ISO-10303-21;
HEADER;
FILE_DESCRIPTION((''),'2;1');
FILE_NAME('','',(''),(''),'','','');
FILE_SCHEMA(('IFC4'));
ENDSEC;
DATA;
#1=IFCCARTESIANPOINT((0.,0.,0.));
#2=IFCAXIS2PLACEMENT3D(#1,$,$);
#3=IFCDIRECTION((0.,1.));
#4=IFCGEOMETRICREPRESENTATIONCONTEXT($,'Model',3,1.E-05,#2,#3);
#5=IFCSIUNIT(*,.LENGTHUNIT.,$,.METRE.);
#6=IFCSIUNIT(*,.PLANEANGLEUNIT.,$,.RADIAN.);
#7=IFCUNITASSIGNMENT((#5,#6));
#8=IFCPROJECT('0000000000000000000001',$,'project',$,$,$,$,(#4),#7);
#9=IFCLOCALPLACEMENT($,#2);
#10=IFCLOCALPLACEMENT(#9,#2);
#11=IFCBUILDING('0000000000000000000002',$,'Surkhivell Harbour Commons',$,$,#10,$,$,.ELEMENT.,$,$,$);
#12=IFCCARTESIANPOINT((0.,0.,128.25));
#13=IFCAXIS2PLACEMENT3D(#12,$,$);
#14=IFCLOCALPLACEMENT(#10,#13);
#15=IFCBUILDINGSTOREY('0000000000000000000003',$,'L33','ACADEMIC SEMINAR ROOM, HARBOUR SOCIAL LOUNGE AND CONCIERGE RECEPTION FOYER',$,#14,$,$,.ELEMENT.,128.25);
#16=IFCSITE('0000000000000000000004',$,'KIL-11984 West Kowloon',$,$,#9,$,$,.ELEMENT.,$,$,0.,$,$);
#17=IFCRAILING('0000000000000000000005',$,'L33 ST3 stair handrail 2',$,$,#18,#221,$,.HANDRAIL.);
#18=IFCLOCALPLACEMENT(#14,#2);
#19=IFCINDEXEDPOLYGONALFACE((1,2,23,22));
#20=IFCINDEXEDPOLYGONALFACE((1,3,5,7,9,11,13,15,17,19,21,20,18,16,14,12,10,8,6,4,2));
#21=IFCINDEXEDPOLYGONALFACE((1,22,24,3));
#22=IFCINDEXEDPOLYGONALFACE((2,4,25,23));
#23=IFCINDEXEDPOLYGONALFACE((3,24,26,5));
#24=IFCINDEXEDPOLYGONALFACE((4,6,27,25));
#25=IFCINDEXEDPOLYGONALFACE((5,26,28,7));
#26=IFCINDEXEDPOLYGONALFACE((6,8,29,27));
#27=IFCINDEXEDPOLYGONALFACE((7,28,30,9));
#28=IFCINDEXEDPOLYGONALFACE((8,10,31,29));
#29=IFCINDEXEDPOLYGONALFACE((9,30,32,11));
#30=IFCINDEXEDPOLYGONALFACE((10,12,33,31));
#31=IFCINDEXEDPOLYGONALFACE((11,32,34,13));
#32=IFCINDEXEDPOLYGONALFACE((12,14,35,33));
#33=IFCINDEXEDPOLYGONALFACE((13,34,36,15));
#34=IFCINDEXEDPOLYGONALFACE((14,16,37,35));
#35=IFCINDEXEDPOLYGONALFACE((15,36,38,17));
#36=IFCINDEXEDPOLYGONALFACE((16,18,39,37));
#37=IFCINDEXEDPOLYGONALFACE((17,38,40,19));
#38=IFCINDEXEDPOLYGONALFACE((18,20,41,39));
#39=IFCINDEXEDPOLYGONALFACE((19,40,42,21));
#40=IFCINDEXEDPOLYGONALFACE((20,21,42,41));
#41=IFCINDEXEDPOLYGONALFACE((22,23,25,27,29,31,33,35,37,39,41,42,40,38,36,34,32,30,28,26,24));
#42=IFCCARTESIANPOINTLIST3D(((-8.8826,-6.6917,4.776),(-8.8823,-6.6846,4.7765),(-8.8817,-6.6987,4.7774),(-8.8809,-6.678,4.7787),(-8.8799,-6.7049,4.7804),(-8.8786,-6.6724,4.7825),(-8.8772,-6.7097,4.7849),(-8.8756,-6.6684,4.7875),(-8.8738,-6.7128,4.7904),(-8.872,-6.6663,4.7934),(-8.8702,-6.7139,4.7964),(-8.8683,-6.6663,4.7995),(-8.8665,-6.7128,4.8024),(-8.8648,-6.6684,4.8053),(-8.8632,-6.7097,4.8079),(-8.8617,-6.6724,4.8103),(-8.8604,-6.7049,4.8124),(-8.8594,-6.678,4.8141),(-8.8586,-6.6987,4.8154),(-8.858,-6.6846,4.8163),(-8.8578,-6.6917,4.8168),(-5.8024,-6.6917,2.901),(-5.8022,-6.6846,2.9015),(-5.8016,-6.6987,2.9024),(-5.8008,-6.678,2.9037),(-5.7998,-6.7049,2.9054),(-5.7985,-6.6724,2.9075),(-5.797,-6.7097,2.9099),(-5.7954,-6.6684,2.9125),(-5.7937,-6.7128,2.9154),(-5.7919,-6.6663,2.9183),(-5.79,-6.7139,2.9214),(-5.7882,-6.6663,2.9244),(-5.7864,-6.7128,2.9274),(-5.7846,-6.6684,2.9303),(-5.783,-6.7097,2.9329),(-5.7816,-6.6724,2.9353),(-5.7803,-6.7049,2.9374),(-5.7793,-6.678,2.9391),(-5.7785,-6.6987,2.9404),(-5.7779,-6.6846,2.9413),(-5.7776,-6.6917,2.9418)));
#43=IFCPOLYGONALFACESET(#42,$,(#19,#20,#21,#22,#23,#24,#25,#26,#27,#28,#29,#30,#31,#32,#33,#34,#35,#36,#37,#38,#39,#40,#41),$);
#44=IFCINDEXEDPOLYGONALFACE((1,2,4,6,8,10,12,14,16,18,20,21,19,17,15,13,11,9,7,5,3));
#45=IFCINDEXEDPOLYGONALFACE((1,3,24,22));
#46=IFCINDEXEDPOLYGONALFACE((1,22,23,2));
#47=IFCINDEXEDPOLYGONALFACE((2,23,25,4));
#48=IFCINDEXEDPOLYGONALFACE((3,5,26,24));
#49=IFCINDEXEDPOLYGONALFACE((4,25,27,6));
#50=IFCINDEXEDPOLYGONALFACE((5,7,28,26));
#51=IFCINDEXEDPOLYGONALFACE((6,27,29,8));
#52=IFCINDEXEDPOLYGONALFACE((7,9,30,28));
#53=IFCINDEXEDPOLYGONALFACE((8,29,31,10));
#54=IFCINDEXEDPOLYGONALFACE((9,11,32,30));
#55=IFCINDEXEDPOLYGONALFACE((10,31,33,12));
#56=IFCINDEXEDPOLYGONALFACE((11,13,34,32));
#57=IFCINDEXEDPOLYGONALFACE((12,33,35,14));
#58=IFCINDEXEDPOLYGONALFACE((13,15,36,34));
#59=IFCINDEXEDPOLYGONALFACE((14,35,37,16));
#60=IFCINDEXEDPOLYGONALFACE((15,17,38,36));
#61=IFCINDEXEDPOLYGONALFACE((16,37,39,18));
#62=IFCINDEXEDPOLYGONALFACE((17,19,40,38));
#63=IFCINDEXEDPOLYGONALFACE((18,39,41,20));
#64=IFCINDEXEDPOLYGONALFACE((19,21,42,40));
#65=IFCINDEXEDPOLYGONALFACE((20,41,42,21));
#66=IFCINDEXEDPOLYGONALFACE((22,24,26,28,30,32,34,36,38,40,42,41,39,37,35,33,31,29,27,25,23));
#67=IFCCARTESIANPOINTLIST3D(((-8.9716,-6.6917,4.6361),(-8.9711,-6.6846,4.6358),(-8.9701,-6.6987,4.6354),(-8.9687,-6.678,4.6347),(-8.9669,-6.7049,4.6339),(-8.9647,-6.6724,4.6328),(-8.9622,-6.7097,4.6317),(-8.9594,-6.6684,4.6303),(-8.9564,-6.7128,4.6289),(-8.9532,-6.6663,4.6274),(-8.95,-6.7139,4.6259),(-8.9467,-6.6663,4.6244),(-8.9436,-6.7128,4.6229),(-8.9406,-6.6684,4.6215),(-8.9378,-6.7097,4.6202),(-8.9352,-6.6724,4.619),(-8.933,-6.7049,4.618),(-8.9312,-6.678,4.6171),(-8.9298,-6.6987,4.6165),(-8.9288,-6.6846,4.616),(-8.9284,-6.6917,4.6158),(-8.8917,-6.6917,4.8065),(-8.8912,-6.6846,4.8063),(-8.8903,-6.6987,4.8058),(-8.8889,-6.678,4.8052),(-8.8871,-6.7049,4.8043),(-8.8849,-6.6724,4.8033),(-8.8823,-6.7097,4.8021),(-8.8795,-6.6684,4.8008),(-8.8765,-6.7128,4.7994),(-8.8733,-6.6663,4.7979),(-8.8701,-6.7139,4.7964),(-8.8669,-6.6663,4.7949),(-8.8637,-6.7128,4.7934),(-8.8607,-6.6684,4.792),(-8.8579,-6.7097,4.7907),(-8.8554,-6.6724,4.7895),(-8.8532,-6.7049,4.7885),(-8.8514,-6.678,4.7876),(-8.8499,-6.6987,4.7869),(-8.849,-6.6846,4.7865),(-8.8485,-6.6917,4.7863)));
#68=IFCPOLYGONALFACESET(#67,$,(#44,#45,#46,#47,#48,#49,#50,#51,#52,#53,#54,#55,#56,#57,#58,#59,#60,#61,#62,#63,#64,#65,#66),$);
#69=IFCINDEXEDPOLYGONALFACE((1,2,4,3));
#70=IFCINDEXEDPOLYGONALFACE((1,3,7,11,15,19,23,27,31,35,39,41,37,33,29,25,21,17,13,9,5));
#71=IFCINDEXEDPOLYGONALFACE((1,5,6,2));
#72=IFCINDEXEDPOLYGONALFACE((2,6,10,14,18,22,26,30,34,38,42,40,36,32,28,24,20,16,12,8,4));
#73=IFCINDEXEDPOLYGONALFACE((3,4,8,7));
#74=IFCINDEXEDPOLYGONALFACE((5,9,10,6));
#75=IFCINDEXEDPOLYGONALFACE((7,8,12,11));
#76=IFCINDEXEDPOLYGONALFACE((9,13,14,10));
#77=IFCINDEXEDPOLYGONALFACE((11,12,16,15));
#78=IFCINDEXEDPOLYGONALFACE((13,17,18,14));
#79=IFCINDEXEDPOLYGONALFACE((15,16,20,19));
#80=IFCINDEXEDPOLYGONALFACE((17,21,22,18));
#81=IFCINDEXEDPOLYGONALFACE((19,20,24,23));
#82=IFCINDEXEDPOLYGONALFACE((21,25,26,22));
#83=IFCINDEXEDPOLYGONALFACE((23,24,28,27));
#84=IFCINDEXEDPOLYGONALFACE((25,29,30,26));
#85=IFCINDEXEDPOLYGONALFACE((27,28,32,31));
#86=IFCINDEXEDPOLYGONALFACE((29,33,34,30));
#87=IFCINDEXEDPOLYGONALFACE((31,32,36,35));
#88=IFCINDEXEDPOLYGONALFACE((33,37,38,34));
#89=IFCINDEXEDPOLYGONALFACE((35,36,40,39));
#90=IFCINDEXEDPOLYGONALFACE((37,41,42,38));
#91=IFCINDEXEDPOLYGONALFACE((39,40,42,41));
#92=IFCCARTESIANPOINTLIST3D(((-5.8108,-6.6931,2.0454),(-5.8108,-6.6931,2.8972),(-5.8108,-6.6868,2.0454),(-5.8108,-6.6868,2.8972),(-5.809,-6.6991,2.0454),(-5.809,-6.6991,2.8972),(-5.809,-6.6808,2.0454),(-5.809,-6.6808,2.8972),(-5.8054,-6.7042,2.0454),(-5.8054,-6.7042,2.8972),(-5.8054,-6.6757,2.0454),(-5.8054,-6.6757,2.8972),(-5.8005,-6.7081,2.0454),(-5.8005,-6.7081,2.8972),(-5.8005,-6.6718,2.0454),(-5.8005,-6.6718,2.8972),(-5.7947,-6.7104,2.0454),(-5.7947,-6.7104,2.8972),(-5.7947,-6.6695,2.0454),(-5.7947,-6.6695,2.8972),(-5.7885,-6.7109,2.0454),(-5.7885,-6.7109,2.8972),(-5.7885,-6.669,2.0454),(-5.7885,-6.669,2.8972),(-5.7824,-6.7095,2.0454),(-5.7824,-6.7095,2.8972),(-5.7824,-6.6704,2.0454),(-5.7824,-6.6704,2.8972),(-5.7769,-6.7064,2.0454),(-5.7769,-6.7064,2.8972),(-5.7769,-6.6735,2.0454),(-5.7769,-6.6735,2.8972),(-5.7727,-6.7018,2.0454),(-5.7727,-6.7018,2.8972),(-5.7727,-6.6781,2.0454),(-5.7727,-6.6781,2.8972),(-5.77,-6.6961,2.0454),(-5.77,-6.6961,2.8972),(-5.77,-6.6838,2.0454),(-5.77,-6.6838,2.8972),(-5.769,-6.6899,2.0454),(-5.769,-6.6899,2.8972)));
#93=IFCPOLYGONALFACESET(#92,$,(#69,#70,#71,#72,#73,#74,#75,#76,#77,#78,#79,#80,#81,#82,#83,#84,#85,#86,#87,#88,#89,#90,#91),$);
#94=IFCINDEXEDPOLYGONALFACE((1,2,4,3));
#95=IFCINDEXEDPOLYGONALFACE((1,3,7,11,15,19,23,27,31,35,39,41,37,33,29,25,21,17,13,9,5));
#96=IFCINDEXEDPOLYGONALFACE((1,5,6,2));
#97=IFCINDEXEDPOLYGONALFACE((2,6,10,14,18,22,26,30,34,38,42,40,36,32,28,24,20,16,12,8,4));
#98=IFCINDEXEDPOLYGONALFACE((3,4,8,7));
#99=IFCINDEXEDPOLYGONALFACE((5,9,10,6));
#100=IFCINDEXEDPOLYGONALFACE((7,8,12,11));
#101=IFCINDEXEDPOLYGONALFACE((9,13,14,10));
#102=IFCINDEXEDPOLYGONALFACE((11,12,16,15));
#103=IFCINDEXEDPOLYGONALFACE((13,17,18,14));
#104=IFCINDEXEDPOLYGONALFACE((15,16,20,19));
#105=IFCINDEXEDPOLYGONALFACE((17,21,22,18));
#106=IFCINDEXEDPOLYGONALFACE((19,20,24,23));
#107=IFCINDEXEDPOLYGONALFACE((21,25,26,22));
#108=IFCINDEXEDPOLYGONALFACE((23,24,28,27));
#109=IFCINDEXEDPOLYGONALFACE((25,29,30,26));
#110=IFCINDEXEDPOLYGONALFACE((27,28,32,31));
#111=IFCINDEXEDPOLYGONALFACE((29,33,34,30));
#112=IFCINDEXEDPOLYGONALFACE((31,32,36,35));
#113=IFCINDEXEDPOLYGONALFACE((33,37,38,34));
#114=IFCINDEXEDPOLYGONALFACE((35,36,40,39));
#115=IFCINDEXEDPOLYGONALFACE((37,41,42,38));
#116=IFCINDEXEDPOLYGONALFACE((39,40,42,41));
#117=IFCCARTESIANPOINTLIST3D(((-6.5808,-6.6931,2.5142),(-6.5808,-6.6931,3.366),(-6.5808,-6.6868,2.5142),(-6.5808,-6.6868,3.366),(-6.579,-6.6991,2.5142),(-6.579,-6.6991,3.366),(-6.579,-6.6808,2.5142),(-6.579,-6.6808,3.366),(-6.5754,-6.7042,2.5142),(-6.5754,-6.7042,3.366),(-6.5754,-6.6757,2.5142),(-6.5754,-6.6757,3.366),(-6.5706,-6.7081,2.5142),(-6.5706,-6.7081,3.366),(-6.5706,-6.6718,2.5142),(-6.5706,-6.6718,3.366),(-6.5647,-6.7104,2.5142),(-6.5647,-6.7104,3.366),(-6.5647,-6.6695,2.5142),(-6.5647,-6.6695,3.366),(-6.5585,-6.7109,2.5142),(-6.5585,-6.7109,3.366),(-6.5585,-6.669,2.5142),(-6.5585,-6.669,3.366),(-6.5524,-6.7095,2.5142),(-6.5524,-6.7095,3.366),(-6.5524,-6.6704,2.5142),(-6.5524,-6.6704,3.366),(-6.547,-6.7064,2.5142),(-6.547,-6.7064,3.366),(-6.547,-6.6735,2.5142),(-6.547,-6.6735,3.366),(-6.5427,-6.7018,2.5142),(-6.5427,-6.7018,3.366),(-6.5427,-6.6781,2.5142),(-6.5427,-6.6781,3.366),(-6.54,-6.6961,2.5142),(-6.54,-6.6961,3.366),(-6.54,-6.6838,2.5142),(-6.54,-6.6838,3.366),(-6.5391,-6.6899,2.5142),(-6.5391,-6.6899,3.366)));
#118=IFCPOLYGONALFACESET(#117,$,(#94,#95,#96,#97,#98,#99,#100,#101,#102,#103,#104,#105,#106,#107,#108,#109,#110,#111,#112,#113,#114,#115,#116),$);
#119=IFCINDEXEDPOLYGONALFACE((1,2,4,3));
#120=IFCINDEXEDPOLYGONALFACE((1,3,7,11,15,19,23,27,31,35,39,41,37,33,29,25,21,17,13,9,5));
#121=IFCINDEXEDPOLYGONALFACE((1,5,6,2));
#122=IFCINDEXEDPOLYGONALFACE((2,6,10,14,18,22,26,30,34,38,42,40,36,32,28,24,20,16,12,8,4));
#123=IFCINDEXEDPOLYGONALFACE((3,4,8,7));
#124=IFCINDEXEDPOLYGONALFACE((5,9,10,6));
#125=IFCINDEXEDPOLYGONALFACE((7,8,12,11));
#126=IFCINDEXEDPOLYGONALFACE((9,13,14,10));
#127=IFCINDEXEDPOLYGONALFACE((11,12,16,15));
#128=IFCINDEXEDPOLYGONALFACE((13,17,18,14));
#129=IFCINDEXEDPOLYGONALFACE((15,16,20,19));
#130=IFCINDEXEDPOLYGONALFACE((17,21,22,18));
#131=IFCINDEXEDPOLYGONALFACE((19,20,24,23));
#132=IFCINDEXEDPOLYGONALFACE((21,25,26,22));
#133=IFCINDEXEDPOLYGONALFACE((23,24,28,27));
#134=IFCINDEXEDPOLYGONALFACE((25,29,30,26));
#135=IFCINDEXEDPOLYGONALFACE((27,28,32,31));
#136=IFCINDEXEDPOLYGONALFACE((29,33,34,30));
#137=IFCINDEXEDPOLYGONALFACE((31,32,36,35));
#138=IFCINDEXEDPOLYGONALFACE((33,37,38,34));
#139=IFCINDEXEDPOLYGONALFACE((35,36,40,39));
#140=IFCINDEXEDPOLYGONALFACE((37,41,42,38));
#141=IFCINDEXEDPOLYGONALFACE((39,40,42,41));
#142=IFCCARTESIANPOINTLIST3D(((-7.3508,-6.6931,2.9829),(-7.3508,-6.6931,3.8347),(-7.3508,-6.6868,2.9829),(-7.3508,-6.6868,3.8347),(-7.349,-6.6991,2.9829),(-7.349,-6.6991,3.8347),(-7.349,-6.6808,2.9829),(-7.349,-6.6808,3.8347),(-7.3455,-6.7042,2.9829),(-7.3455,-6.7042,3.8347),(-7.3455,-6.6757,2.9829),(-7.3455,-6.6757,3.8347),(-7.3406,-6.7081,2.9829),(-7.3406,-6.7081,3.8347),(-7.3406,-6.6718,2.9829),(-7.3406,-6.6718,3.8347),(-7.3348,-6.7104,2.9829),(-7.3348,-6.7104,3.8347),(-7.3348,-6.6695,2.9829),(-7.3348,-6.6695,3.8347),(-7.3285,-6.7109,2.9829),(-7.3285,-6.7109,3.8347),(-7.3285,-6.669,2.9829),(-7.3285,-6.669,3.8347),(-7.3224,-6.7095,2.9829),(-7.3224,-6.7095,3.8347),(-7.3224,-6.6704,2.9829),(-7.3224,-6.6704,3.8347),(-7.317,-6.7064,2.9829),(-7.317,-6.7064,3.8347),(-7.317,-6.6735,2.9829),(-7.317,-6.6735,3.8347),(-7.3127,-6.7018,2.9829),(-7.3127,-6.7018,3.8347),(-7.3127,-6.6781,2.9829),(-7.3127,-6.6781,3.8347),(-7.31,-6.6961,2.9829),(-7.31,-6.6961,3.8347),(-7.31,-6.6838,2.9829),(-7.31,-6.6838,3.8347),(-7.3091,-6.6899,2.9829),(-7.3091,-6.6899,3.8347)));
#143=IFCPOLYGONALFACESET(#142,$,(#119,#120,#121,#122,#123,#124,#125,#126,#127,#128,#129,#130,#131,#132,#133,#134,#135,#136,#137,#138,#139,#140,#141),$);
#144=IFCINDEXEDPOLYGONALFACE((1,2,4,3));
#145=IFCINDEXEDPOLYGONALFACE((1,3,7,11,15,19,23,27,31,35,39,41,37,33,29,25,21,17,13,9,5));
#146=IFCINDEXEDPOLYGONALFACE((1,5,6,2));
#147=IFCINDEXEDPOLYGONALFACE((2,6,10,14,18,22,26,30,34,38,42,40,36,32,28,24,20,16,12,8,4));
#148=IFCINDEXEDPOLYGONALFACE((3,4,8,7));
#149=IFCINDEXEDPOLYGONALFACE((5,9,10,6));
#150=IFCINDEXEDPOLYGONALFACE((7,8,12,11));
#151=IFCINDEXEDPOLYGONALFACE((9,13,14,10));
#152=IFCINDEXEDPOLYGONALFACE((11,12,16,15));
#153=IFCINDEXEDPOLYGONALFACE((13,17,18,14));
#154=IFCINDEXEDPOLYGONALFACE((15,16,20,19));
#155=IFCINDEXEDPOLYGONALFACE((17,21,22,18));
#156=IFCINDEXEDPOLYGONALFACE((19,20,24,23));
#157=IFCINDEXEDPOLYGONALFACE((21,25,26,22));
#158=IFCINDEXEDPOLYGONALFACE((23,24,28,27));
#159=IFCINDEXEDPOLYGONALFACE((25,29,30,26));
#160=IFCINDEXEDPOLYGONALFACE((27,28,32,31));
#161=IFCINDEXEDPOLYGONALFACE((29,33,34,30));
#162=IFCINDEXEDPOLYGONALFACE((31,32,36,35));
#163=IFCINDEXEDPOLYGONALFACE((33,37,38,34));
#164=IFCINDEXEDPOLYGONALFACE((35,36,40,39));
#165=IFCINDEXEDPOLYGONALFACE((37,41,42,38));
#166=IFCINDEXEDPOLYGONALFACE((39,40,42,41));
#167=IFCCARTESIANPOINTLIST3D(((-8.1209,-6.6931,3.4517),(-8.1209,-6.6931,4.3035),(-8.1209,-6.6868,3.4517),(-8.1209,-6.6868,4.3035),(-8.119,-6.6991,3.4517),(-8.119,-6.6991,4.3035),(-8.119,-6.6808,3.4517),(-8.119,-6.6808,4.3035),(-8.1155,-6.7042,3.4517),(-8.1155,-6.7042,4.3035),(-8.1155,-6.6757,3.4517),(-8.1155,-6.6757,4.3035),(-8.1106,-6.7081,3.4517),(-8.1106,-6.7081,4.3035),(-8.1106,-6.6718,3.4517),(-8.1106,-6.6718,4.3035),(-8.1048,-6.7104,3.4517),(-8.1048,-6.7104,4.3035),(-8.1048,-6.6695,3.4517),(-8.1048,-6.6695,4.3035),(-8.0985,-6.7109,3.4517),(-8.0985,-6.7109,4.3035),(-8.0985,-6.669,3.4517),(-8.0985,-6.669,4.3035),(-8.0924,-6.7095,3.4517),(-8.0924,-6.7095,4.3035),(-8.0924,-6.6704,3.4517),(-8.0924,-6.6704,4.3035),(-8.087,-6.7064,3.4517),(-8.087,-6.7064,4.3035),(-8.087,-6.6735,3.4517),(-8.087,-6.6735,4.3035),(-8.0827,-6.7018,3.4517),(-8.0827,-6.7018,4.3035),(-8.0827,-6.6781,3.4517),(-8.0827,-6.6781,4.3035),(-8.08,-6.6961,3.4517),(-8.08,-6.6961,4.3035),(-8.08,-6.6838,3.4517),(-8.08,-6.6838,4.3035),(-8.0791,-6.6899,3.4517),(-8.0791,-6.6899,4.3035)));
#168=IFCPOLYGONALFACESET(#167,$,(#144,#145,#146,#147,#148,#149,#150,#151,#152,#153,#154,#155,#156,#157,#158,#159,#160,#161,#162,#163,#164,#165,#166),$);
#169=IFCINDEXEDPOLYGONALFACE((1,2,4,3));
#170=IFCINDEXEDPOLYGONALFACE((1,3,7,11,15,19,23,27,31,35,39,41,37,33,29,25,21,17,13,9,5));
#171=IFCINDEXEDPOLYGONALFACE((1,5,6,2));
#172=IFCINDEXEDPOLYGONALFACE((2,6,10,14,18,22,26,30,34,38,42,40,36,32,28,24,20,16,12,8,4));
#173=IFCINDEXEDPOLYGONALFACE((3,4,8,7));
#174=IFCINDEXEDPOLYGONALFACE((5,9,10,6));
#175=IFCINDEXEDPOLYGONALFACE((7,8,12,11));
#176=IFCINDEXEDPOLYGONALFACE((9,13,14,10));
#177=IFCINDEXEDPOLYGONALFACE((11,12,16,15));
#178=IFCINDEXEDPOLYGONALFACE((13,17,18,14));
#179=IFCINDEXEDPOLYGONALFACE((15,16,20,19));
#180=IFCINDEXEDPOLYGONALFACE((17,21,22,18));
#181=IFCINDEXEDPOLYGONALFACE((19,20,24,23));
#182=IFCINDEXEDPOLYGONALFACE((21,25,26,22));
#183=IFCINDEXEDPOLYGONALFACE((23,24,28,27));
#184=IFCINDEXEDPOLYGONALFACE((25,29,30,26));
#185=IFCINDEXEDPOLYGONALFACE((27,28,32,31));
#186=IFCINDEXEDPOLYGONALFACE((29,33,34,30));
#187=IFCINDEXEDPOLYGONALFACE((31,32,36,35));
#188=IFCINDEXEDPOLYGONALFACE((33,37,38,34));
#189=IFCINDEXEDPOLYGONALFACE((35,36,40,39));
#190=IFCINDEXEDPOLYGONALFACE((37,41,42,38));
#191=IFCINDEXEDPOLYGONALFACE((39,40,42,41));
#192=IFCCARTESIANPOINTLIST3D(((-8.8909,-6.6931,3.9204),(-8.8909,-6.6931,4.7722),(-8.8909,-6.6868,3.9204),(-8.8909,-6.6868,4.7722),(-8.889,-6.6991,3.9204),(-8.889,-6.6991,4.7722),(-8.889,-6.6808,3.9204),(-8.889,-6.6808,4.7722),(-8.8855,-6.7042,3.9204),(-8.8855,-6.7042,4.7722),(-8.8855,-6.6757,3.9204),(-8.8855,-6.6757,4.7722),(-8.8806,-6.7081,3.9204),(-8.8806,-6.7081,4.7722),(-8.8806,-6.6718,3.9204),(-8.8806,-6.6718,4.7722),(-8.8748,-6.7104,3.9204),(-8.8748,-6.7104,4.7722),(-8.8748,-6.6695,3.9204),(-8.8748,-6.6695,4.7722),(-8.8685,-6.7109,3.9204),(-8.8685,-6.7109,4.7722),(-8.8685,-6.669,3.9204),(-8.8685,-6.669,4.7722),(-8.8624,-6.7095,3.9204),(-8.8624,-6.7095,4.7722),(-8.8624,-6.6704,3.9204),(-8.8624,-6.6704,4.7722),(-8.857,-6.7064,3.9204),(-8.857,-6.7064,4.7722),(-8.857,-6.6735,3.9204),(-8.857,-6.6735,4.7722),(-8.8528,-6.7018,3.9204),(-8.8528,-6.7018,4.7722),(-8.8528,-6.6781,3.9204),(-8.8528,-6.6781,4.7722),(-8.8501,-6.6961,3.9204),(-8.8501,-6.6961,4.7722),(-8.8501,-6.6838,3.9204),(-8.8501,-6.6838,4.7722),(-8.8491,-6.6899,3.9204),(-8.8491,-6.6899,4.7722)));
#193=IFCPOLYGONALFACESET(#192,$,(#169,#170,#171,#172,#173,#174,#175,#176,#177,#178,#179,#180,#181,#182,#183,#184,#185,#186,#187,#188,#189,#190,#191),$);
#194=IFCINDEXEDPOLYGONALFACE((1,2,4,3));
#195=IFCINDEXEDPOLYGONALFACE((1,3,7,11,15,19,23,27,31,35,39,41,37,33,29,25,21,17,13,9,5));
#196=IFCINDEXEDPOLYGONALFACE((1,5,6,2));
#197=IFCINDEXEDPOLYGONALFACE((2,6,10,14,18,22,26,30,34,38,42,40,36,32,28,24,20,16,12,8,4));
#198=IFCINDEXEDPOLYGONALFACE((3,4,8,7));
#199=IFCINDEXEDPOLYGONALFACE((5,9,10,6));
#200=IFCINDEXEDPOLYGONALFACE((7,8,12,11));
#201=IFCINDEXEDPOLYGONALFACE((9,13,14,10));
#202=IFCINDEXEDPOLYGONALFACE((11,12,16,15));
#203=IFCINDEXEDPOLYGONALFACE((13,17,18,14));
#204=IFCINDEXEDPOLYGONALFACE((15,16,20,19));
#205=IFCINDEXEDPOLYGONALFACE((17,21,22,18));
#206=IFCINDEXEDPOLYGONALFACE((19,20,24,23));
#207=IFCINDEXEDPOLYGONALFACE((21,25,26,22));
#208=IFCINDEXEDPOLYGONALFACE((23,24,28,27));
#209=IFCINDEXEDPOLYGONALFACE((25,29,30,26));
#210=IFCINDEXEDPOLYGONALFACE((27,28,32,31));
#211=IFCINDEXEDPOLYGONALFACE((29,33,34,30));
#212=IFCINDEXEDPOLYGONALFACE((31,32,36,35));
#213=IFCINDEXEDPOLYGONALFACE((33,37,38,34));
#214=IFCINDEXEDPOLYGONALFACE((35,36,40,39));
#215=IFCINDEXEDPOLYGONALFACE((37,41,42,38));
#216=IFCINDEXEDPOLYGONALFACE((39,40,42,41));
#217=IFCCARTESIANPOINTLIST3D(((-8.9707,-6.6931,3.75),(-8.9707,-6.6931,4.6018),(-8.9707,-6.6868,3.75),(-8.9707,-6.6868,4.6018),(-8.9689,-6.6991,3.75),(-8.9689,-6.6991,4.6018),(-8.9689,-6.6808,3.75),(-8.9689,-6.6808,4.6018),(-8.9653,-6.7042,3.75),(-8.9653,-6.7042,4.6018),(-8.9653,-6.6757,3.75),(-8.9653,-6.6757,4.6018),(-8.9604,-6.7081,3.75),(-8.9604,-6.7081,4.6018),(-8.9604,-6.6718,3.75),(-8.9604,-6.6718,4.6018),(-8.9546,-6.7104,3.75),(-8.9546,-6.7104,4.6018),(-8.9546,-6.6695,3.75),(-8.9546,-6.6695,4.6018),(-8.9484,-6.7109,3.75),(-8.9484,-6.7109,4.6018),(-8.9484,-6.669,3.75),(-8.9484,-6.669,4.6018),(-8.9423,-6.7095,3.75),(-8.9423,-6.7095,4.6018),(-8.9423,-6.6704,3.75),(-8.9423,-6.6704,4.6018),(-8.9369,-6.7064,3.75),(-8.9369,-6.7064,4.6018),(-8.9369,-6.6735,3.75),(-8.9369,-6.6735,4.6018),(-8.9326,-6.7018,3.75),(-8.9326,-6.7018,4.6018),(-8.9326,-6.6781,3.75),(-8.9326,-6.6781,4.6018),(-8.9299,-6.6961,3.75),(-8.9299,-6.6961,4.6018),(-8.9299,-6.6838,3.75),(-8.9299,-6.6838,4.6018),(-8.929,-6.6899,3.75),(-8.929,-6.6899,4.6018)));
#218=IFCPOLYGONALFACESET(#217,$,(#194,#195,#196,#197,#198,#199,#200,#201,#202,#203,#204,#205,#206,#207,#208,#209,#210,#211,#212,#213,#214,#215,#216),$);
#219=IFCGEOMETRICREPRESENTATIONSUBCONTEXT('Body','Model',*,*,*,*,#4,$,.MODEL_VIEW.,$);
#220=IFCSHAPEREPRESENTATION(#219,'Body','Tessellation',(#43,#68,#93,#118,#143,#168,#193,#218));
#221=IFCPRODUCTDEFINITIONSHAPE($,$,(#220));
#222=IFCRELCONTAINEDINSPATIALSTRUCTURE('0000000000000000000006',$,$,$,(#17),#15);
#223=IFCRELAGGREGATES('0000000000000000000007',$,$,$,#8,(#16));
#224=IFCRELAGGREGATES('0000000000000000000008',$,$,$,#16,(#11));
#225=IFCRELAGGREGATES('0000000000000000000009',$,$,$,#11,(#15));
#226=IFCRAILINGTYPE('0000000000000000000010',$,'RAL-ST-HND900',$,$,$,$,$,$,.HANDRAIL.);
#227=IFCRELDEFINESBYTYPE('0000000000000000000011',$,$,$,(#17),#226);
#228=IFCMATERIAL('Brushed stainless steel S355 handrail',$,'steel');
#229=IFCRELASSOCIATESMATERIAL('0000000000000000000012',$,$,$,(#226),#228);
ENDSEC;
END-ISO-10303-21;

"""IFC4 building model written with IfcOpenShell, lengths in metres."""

from ifc_helpers import new_model, si_unit, direction, frame, origin, origin_2d, place, context, subcontext, project, spatial, circle, extrude, material, type_object, element, save


model = new_model("IFC4")

# Units and contexts
model_context = context("Model", 3, precision=1e-05, world=origin(), true_north=direction((0.0, 1.0)))
body_context = subcontext(model_context, "Body", "Model", "MODEL_VIEW")
ifc_project = project(units=[si_unit("LENGTHUNIT", "METRE"), si_unit("PLANEANGLEUNIT", "RADIAN")], contexts=[model_context])

# Site, building, storey
site_placement = place(None, origin())
site = spatial("IfcSite", under=ifc_project, at=site_placement, Name="KIL-11984 West Kowloon", CompositionType="ELEMENT", RefElevation=0.0)
building_placement = place(site_placement, origin())
building = spatial("IfcBuilding", under=site, at=building_placement, Name="Surkhivell Harbour Commons", CompositionType="ELEMENT")
storey_placement = place(building_placement, frame((0.0, 0.0, 128.25)))
storey = spatial("IfcBuildingStorey", under=building, at=storey_placement, Name="L33", Description="ACADEMIC SEMINAR ROOM, HARBOUR SOCIAL LOUNGE AND CONCIERGE RECEPTION FOYER", CompositionType="ELEMENT", Elevation=128.25)

# Railing
ifc_material_1 = material(Name="Brushed stainless steel S355 handrail", Category="steel")
railing_type_1 = type_object("IfcRailingType", Name="RAL-ST-HND900", PredefinedType="HANDRAIL", material=ifc_material_1)
railing_1_placement = place(storey_placement, frame((-5.79, -6.6899, 2.0454)))
element("IfcRailing", 1, at=railing_1_placement, inside=storey, type_object=railing_type_1, Name="L33 ST3 stair handrail 2", PredefinedType="HANDRAIL", context=body_context, shape_type="SweptSolid", body=[
    extrude(circle(Radius=0.0239, at=origin_2d()), frame((0.0, 0.0, 0.876), z_axis=(-0.854178, 0.0, 0.519981), x_axis=(0.0, -1.0, 0.0)), (0.0, 0.0, 1.0), 3.606),
    extrude(circle(Radius=0.0239, at=origin_2d()), frame((-3.0801, 0.0, 2.751), z_axis=(-0.424234, 0.0, -0.905552), x_axis=(0.0, -1.0, 0.0)), (0.0, 0.0, 1.0), 0.1882),
    extrude(circle(Radius=0.021, at=origin_2d()), origin(), (0.0, 0.0, 1.0), 0.8518),
    extrude(circle(Radius=0.021, at=origin_2d()), frame((-0.77, 0.0, 0.4688)), (0.0, 0.0, 1.0), 0.8518),
    extrude(circle(Radius=0.021, at=origin_2d()), frame((-1.54, 0.0, 0.9375)), (0.0, 0.0, 1.0), 0.8518),
    extrude(circle(Radius=0.021, at=origin_2d()), frame((-2.3101, 0.0, 1.4062)), (0.0, 0.0, 1.0), 0.8518),
    extrude(circle(Radius=0.021, at=origin_2d()), frame((-3.0801, 0.0, 1.875)), (0.0, 0.0, 1.0), 0.8518),
    extrude(circle(Radius=0.021, at=origin_2d()), frame((-3.1599, 0.0, 1.7046)), (0.0, 0.0, 1.0), 0.8518),
])

save(model, "model.ifc")
